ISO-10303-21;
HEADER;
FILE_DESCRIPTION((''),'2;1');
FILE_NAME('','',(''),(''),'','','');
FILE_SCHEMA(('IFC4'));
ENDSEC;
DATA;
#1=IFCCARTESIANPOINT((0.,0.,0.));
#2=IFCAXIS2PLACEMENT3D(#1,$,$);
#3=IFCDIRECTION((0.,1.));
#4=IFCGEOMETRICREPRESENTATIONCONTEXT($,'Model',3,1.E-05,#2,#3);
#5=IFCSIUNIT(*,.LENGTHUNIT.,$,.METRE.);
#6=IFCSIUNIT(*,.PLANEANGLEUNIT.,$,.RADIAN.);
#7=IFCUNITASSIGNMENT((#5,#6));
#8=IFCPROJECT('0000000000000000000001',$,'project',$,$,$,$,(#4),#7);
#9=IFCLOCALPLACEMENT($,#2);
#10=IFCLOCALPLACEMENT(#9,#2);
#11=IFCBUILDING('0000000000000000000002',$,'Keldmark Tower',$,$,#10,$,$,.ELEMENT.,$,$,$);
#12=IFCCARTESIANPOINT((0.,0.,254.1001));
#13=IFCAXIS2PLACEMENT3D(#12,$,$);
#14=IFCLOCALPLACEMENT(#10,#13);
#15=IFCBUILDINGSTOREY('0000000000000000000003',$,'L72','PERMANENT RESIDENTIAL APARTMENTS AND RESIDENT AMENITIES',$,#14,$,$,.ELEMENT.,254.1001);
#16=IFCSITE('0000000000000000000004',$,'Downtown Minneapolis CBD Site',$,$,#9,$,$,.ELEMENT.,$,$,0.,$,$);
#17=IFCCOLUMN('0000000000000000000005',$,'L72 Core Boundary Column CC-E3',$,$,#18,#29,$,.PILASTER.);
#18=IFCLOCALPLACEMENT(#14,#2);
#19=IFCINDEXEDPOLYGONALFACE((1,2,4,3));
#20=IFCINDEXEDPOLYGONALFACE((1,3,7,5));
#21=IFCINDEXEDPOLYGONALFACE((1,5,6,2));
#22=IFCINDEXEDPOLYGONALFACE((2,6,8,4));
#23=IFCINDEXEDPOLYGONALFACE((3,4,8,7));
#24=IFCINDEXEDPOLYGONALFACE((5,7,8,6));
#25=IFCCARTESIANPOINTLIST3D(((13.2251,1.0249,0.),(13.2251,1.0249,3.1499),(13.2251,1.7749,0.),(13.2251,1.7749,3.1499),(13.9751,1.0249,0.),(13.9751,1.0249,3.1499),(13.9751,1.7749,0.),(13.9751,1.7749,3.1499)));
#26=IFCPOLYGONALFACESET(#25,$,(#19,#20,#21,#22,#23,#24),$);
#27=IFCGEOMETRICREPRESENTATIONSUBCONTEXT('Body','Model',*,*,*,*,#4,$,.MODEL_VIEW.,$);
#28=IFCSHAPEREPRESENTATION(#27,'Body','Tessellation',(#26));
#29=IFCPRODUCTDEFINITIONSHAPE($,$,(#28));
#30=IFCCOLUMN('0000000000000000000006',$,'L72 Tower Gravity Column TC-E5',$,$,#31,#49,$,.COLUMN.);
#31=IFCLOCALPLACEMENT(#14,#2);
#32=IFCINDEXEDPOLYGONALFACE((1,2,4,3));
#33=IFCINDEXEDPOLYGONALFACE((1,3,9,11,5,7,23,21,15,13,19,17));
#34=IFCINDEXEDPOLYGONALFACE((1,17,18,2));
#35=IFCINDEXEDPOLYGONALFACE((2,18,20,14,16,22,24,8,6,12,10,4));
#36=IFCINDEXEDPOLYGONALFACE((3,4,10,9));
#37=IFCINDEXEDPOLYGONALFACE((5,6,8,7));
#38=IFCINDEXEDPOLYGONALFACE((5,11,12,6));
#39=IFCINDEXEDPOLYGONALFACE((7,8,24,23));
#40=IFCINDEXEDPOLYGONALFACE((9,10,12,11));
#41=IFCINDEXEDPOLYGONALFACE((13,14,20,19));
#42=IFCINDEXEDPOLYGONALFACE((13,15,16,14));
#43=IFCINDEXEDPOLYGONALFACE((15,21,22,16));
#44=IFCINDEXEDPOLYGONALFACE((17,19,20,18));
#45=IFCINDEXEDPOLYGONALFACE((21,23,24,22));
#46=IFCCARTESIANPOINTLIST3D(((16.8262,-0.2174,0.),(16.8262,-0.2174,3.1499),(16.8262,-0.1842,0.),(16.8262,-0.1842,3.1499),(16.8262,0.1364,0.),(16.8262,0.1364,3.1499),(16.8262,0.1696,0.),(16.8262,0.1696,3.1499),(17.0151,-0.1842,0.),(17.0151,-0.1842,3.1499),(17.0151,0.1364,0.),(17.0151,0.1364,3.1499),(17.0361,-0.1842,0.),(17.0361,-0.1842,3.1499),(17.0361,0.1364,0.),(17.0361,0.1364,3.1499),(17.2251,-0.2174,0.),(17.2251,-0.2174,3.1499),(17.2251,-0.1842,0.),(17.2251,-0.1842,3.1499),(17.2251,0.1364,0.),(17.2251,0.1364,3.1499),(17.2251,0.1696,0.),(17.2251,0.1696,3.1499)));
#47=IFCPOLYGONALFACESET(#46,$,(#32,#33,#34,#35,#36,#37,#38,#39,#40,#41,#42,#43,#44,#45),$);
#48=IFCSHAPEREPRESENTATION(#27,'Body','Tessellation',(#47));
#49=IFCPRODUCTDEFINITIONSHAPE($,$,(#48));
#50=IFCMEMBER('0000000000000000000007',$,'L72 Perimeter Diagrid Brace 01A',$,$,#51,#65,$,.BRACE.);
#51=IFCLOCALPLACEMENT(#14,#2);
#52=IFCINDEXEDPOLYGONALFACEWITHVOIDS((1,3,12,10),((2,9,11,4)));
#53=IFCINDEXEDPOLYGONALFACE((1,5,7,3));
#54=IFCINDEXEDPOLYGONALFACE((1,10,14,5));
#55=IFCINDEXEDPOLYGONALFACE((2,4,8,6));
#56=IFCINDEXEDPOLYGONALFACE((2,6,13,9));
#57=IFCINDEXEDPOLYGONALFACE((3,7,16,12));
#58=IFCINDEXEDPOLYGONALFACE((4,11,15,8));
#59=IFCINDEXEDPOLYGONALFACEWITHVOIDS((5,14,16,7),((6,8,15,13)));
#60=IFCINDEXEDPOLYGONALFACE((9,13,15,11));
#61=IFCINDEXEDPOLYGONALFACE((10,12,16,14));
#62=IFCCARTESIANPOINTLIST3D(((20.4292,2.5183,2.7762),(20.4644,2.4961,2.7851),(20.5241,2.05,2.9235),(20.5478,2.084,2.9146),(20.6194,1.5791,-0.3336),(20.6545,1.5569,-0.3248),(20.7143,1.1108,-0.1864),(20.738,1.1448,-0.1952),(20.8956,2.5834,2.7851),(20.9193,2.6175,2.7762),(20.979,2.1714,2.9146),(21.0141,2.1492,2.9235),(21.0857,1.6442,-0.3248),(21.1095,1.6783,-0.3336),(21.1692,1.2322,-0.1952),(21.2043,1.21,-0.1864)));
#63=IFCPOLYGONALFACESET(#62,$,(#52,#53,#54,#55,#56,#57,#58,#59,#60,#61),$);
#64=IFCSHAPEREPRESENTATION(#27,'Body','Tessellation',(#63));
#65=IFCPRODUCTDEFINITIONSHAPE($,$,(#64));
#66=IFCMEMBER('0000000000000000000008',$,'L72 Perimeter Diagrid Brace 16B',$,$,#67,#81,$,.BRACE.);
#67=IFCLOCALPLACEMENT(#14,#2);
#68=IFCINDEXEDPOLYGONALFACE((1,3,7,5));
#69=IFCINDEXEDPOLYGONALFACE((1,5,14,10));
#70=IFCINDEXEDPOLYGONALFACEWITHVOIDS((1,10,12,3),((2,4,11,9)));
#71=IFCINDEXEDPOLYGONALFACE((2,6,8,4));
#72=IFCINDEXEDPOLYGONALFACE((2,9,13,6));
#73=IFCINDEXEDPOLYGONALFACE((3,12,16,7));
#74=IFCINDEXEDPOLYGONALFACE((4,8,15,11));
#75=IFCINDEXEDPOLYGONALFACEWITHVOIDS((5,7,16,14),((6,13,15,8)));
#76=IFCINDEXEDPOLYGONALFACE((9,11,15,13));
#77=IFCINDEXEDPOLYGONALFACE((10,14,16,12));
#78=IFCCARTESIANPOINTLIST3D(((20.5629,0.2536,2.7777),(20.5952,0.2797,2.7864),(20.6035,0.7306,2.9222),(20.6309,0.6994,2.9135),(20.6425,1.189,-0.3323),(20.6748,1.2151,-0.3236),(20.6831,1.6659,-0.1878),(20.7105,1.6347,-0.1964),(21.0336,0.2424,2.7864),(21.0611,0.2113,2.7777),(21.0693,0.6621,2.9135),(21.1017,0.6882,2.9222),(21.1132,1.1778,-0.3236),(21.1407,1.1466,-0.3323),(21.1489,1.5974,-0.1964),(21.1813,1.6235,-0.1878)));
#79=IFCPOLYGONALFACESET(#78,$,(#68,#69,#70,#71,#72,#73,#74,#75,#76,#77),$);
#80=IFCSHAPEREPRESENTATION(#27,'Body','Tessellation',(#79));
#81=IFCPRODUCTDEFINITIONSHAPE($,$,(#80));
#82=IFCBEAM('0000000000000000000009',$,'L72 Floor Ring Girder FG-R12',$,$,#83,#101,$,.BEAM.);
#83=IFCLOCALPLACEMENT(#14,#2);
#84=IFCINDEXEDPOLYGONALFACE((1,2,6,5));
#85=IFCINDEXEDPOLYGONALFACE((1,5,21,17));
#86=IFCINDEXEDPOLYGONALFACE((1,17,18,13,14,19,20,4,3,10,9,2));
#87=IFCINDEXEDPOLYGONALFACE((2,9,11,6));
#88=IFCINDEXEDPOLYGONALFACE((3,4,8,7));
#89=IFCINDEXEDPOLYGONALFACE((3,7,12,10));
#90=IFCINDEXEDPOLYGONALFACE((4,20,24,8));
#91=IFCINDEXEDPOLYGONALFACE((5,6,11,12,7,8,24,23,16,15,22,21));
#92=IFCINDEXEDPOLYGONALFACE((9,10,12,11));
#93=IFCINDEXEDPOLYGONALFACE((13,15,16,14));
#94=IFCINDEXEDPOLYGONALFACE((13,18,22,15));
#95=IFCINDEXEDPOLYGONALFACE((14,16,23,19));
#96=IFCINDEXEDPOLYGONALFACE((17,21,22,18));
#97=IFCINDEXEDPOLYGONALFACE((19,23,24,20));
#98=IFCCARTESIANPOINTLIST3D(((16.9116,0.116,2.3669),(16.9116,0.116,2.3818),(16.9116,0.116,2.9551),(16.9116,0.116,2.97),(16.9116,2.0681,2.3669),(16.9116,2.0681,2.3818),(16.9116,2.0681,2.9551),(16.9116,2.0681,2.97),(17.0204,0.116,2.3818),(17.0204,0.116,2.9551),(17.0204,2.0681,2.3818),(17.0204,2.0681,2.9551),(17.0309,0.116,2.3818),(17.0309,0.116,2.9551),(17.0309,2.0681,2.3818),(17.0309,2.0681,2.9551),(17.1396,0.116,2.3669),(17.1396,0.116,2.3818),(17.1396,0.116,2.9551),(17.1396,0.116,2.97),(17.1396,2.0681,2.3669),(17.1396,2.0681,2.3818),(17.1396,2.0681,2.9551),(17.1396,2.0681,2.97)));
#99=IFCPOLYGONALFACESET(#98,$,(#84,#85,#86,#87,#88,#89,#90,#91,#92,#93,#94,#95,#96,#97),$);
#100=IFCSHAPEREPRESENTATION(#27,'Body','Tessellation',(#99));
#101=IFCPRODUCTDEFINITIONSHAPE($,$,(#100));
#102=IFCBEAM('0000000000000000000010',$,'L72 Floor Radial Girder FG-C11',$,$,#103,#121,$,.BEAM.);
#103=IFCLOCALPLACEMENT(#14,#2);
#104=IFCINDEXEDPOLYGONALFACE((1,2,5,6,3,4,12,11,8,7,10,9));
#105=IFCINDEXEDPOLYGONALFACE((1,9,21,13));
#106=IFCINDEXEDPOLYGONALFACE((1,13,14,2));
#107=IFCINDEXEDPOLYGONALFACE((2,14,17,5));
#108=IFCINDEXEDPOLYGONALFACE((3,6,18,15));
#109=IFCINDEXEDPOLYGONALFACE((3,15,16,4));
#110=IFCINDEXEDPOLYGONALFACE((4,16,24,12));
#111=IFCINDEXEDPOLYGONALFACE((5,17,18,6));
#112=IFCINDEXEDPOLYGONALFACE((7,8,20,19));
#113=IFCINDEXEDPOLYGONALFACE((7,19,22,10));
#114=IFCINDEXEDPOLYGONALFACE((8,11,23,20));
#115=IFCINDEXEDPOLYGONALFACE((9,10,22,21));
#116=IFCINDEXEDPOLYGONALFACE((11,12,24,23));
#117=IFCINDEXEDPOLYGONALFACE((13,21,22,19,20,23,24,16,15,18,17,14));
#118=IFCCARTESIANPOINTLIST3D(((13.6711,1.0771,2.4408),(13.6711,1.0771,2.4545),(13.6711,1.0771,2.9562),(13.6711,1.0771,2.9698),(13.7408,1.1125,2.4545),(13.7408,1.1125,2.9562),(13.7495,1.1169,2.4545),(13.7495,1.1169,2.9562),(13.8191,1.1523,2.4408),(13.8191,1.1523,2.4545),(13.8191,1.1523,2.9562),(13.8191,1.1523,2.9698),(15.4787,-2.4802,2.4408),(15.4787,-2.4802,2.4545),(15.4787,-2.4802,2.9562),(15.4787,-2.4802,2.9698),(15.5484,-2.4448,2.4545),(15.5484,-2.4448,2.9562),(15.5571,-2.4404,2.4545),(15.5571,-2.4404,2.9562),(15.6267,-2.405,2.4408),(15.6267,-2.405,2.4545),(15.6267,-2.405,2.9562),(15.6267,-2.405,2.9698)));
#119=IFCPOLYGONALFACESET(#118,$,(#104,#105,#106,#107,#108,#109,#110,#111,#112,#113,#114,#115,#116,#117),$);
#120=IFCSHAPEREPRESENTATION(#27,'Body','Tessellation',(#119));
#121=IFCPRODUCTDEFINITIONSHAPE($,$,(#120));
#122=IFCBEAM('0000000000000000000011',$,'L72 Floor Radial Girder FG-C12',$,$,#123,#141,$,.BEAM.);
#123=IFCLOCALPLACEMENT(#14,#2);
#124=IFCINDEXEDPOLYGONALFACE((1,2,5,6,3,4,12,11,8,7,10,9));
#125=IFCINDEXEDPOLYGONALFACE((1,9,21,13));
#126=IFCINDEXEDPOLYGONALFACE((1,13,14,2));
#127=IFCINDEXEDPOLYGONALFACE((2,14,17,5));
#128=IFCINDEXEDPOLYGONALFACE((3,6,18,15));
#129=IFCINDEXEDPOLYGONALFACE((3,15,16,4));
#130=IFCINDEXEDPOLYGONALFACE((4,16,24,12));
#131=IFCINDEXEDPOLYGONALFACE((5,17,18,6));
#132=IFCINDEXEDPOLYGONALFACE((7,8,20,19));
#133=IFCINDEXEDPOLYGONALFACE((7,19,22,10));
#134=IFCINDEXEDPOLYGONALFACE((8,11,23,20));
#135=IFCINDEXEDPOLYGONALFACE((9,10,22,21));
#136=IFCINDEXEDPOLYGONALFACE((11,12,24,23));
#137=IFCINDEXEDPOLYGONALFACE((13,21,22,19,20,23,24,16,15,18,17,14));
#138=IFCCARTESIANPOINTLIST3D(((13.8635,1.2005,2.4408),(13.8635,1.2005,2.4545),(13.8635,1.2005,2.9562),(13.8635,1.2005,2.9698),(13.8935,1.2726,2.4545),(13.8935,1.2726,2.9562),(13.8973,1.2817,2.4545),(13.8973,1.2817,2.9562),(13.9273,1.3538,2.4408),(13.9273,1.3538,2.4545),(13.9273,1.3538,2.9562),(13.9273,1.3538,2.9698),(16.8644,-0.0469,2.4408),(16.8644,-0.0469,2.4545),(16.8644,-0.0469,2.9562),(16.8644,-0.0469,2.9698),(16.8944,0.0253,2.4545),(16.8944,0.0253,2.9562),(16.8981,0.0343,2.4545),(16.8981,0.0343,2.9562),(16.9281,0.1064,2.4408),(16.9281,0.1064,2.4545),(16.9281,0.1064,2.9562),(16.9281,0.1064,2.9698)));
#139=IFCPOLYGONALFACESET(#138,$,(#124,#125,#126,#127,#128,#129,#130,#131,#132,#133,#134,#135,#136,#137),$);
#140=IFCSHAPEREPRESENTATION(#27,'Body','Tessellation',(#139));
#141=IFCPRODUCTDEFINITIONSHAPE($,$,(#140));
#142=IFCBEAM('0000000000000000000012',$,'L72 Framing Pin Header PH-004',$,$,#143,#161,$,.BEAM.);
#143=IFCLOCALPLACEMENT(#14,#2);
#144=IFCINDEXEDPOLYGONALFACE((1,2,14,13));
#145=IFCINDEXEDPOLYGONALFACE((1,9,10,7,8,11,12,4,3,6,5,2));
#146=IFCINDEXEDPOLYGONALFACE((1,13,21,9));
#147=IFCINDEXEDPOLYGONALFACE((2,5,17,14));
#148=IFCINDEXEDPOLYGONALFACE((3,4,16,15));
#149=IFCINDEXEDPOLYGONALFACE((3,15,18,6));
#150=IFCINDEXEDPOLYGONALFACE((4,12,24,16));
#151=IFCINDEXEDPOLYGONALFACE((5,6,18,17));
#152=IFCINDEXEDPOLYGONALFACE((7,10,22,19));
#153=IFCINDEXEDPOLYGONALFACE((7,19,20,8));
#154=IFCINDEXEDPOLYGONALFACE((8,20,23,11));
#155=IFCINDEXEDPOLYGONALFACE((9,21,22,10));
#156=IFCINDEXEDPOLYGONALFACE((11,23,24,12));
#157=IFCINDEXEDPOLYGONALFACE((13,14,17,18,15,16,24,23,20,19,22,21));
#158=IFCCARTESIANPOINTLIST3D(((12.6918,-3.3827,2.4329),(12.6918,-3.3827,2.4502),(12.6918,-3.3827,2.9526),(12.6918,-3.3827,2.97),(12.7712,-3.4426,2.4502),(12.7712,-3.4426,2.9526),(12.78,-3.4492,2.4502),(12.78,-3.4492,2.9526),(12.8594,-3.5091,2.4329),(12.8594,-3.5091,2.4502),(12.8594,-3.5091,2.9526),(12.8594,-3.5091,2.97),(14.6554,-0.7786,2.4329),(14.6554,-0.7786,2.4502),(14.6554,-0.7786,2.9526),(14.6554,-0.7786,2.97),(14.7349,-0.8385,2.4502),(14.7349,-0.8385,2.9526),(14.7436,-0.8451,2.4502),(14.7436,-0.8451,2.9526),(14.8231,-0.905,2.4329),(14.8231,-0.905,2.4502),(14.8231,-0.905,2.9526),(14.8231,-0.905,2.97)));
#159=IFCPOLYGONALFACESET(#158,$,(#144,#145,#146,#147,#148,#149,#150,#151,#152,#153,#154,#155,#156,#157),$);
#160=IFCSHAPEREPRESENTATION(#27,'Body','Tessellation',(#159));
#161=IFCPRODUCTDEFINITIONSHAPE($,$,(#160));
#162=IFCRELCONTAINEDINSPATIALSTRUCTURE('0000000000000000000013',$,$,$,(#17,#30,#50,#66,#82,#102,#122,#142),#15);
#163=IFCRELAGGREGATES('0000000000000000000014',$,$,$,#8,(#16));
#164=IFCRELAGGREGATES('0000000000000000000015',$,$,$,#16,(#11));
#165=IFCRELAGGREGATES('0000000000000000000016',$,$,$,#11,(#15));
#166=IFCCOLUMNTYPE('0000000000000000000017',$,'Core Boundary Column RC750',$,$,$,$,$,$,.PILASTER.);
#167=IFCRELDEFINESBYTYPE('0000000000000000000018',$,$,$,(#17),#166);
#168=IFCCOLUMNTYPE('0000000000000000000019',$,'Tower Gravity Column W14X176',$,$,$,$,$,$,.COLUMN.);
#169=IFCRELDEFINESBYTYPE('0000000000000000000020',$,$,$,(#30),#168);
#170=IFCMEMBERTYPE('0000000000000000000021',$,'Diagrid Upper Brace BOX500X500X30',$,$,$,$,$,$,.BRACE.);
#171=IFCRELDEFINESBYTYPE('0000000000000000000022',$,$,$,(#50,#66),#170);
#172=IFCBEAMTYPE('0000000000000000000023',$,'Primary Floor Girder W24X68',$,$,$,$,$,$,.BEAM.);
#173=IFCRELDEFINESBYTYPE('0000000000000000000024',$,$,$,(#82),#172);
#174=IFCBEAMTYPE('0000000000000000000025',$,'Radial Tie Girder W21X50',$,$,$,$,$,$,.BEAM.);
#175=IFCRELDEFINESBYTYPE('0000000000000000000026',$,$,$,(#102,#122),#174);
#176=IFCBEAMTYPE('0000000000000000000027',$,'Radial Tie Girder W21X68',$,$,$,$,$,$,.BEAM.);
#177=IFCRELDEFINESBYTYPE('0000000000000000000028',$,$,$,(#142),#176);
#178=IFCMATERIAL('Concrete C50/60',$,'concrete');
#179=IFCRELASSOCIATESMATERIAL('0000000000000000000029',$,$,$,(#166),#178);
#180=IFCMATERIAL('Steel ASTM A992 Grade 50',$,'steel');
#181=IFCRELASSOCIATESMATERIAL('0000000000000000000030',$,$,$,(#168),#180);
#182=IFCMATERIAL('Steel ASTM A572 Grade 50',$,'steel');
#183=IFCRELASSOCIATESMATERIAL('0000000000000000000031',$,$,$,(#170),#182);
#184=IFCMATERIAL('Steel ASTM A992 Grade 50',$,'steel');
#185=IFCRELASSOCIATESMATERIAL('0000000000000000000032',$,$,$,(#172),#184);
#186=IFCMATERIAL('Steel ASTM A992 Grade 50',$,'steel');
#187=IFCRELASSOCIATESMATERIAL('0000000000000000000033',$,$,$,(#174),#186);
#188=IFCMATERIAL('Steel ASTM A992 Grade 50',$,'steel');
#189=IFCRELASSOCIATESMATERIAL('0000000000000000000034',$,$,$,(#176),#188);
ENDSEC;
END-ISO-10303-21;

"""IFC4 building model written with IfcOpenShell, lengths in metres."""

from ifc_helpers import new_model, si_unit, direction, frame, origin, origin_2d, place, context, subcontext, project, spatial, rectangle, hollow_rectangle, i_section, extrude, material, material_profile, profile_set, type_object, element, save


model = new_model("IFC4")

# Units and contexts
model_context = context("Model", 3, precision=1e-05, world=origin(), true_north=direction((0.0, 1.0)))
body_context = subcontext(model_context, "Body", "Model", "MODEL_VIEW")
ifc_project = project(units=[si_unit("LENGTHUNIT", "METRE"), si_unit("PLANEANGLEUNIT", "RADIAN")], contexts=[model_context])

# Site, building, storey
site_placement = place(None, origin())
site = spatial("IfcSite", under=ifc_project, at=site_placement, Name="Downtown Minneapolis CBD Site", CompositionType="ELEMENT", RefElevation=0.0)
building_placement = place(site_placement, origin())
building = spatial("IfcBuilding", under=site, at=building_placement, Name="Keldmark Tower", CompositionType="ELEMENT")
storey_placement = place(building_placement, frame((0.0, 0.0, 254.1001)))
storey = spatial("IfcBuildingStorey", under=building, at=storey_placement, Name="L72", Description="PERMANENT RESIDENTIAL APARTMENTS AND RESIDENT AMENITIES", CompositionType="ELEMENT", Elevation=254.1001)

# Columns
ifc_material_1 = material(Name="Concrete C50/60", Category="concrete")
ifc_material_profile_1 = material_profile(ifc_material_1, rectangle(XDim=0.75, YDim=0.75, at=origin_2d()), Name="RC750X750")
ifc_profile_set_1 = profile_set([ifc_material_profile_1], Name="Concrete C50/60")
column_type_1 = type_object("IfcColumnType", Name="Core Boundary Column RC750", PredefinedType="PILASTER", material=ifc_profile_set_1)
column_1_placement = place(storey_placement, frame((13.6001, 1.3999, 0.0), z_axis=(0.0, 0.0, 1.0), x_axis=(1.0, 0.0, 0.0)))
element("IfcColumn", 1, at=column_1_placement, inside=storey, type_object=column_type_1, Name="L72 Core Boundary Column CC-E3", PredefinedType="PILASTER", context=body_context, shape_type="SweptSolid", body=[
    extrude(rectangle(XDim=0.75, YDim=0.75, at=origin_2d()), origin(), (0.0, 0.0, 1.0), 3.1499),
])
ifc_material_2 = material(Name="Steel ASTM A992 Grade 50", Category="steel")
ifc_material_profile_2 = material_profile(ifc_material_2, i_section(OverallWidth=0.3989, OverallDepth=0.387, WebThickness=0.021, FlangeThickness=0.0332, at=origin_2d()), Name="W14X176")
ifc_profile_set_2 = profile_set([ifc_material_profile_2], Name="Steel ASTM A992 Grade 50")
column_type_2 = type_object("IfcColumnType", Name="Tower Gravity Column W14X176", PredefinedType="COLUMN", material=ifc_profile_set_2)
column_2_placement = place(storey_placement, frame((17.0256, -0.0239, 0.0), z_axis=(0.0, 0.0, 1.0), x_axis=(1.0, 0.0, 0.0)))
element("IfcColumn", 2, at=column_2_placement, inside=storey, type_object=column_type_2, Name="L72 Tower Gravity Column TC-E5", PredefinedType="COLUMN", context=body_context, shape_type="SweptSolid", body=[
    extrude(i_section(OverallWidth=0.3989, OverallDepth=0.387, WebThickness=0.021, FlangeThickness=0.0332, at=origin_2d()), origin(), (0.0, 0.0, 1.0), 3.1499),
])

# Members
ifc_material_3 = material(Name="Steel ASTM A572 Grade 50", Category="steel")
ifc_material_profile_3 = material_profile(ifc_material_3, hollow_rectangle(XDim=0.5, YDim=0.5, WallThickness=0.03, at=origin_2d()), Name="BOX500X500X30")
ifc_profile_set_3 = profile_set([ifc_material_profile_3], Name="Steel ASTM A572 Grade 50")
member_type = type_object("IfcMemberType", Name="Diagrid Upper Brace BOX500X500X30", PredefinedType="BRACE", material=ifc_profile_set_3)
member_1_placement = place(storey_placement, frame((20.9119, 1.3945, -0.26), z_axis=(-0.058444, 0.288618, 0.955659), x_axis=(-0.980108, -0.198467, 0.0)))
element("IfcMember", 3, at=member_1_placement, inside=storey, type_object=member_type, Name="L72 Perimeter Diagrid Brace 01A", PredefinedType="BRACE", context=body_context, shape_type="SweptSolid", body=[
    extrude(hollow_rectangle(XDim=0.5, YDim=0.5, WallThickness=0.03, at=origin_2d()), origin(), (0.0, 0.0, 1.0), 3.2542),
])
member_2_placement = place(storey_placement, frame((20.9119, 1.4062, -0.26), z_axis=(-0.024501, -0.287923, 0.95734), x_axis=(0.996399, -0.084789, 0.0)))
element("IfcMember", 4, at=member_2_placement, inside=storey, type_object=member_type, Name="L72 Perimeter Diagrid Brace 16B", PredefinedType="BRACE", context=body_context, shape_type="SweptSolid", body=[
    extrude(hollow_rectangle(XDim=0.5, YDim=0.5, WallThickness=0.03, at=origin_2d()), origin(), (0.0, 0.0, 1.0), 3.2485),
])

# Beams
ifc_material_4 = material(Name="Steel ASTM A992 Grade 50", Category="steel")
ifc_material_profile_4 = material_profile(ifc_material_4, i_section(OverallWidth=0.228, OverallDepth=0.603, WebThickness=0.0105, FlangeThickness=0.0149, at=origin_2d()), Name="W24X68")
ifc_profile_set_4 = profile_set([ifc_material_profile_4], Name="Steel ASTM A992 Grade 50")
beam_type_1 = type_object("IfcBeamType", Name="Primary Floor Girder W24X68", PredefinedType="BEAM", material=ifc_profile_set_4)
beam_1_placement = place(storey_placement, frame((17.0256, 0.116, 2.6685), z_axis=(0.0, 1.0, 0.0), x_axis=(-1.0, 0.0, 0.0)))
element("IfcBeam", 5, at=beam_1_placement, inside=storey, type_object=beam_type_1, Name="L72 Floor Ring Girder FG-R12", PredefinedType="BEAM", context=body_context, shape_type="SweptSolid", body=[
    extrude(i_section(OverallWidth=0.228, OverallDepth=0.603, WebThickness=0.0105, FlangeThickness=0.0149, at=origin_2d()), origin(), (0.0, 0.0, 1.0), 1.9521),
])
ifc_material_5 = material(Name="Steel ASTM A992 Grade 50", Category="steel")
ifc_material_profile_5 = material_profile(ifc_material_5, i_section(OverallWidth=0.166, OverallDepth=0.5291, WebThickness=0.0098, FlangeThickness=0.0137, at=origin_2d()), Name="W21X50")
ifc_profile_set_5 = profile_set([ifc_material_profile_5], Name="Steel ASTM A992 Grade 50")
beam_type_2 = type_object("IfcBeamType", Name="Radial Tie Girder W21X50", PredefinedType="BEAM", material=ifc_profile_set_5)
beam_2_placement = place(storey_placement, frame((15.5527, -2.4426, 2.7053), z_axis=(-0.453004, 0.891508, 0.0), x_axis=(-0.891508, -0.453004, 0.0)))
element("IfcBeam", 6, at=beam_2_placement, inside=storey, type_object=beam_type_2, Name="L72 Floor Radial Girder FG-C11", PredefinedType="BEAM", context=body_context, shape_type="SweptSolid", body=[
    extrude(i_section(OverallWidth=0.166, OverallDepth=0.5291, WebThickness=0.0098, FlangeThickness=0.0137, at=origin_2d()), origin(), (0.0, 0.0, 1.0), 3.9902),
])
beam_3_placement = place(storey_placement, frame((16.8962, 0.0298, 2.7053), z_axis=(-0.923403, 0.383831, 0.0), x_axis=(-0.383831, -0.923403, 0.0)))
element("IfcBeam", 7, at=beam_3_placement, inside=storey, type_object=beam_type_2, Name="L72 Floor Radial Girder FG-C12", PredefinedType="BEAM", context=body_context, shape_type="SweptSolid", body=[
    extrude(i_section(OverallWidth=0.166, OverallDepth=0.5291, WebThickness=0.0098, FlangeThickness=0.0137, at=origin_2d()), origin(), (0.0, 0.0, 1.0), 3.2498),
])
ifc_material_6 = material(Name="Steel ASTM A992 Grade 50", Category="steel")
ifc_material_profile_6 = material_profile(ifc_material_6, i_section(OverallWidth=0.21, OverallDepth=0.5371, WebThickness=0.011, FlangeThickness=0.0173, at=origin_2d()), Name="W21X68")
ifc_profile_set_6 = profile_set([ifc_material_profile_6], Name="Steel ASTM A992 Grade 50")
beam_type_3 = type_object("IfcBeamType", Name="Radial Tie Girder W21X68", PredefinedType="BEAM", material=ifc_profile_set_6)
beam_4_placement = place(storey_placement, frame((14.7393, -0.8418, 2.7014), z_axis=(-0.602082, -0.798434, 0.0), x_axis=(0.798434, -0.602082, 0.0)))
element("IfcBeam", 8, at=beam_4_placement, inside=storey, type_object=beam_type_3, Name="L72 Framing Pin Header PH-004", PredefinedType="BEAM", context=body_context, shape_type="SweptSolid", body=[
    extrude(i_section(OverallWidth=0.21, OverallDepth=0.5371, WebThickness=0.011, FlangeThickness=0.0173, at=origin_2d()), origin(), (0.0, 0.0, 1.0), 3.2615),
])

save(model, "model.ifc")
